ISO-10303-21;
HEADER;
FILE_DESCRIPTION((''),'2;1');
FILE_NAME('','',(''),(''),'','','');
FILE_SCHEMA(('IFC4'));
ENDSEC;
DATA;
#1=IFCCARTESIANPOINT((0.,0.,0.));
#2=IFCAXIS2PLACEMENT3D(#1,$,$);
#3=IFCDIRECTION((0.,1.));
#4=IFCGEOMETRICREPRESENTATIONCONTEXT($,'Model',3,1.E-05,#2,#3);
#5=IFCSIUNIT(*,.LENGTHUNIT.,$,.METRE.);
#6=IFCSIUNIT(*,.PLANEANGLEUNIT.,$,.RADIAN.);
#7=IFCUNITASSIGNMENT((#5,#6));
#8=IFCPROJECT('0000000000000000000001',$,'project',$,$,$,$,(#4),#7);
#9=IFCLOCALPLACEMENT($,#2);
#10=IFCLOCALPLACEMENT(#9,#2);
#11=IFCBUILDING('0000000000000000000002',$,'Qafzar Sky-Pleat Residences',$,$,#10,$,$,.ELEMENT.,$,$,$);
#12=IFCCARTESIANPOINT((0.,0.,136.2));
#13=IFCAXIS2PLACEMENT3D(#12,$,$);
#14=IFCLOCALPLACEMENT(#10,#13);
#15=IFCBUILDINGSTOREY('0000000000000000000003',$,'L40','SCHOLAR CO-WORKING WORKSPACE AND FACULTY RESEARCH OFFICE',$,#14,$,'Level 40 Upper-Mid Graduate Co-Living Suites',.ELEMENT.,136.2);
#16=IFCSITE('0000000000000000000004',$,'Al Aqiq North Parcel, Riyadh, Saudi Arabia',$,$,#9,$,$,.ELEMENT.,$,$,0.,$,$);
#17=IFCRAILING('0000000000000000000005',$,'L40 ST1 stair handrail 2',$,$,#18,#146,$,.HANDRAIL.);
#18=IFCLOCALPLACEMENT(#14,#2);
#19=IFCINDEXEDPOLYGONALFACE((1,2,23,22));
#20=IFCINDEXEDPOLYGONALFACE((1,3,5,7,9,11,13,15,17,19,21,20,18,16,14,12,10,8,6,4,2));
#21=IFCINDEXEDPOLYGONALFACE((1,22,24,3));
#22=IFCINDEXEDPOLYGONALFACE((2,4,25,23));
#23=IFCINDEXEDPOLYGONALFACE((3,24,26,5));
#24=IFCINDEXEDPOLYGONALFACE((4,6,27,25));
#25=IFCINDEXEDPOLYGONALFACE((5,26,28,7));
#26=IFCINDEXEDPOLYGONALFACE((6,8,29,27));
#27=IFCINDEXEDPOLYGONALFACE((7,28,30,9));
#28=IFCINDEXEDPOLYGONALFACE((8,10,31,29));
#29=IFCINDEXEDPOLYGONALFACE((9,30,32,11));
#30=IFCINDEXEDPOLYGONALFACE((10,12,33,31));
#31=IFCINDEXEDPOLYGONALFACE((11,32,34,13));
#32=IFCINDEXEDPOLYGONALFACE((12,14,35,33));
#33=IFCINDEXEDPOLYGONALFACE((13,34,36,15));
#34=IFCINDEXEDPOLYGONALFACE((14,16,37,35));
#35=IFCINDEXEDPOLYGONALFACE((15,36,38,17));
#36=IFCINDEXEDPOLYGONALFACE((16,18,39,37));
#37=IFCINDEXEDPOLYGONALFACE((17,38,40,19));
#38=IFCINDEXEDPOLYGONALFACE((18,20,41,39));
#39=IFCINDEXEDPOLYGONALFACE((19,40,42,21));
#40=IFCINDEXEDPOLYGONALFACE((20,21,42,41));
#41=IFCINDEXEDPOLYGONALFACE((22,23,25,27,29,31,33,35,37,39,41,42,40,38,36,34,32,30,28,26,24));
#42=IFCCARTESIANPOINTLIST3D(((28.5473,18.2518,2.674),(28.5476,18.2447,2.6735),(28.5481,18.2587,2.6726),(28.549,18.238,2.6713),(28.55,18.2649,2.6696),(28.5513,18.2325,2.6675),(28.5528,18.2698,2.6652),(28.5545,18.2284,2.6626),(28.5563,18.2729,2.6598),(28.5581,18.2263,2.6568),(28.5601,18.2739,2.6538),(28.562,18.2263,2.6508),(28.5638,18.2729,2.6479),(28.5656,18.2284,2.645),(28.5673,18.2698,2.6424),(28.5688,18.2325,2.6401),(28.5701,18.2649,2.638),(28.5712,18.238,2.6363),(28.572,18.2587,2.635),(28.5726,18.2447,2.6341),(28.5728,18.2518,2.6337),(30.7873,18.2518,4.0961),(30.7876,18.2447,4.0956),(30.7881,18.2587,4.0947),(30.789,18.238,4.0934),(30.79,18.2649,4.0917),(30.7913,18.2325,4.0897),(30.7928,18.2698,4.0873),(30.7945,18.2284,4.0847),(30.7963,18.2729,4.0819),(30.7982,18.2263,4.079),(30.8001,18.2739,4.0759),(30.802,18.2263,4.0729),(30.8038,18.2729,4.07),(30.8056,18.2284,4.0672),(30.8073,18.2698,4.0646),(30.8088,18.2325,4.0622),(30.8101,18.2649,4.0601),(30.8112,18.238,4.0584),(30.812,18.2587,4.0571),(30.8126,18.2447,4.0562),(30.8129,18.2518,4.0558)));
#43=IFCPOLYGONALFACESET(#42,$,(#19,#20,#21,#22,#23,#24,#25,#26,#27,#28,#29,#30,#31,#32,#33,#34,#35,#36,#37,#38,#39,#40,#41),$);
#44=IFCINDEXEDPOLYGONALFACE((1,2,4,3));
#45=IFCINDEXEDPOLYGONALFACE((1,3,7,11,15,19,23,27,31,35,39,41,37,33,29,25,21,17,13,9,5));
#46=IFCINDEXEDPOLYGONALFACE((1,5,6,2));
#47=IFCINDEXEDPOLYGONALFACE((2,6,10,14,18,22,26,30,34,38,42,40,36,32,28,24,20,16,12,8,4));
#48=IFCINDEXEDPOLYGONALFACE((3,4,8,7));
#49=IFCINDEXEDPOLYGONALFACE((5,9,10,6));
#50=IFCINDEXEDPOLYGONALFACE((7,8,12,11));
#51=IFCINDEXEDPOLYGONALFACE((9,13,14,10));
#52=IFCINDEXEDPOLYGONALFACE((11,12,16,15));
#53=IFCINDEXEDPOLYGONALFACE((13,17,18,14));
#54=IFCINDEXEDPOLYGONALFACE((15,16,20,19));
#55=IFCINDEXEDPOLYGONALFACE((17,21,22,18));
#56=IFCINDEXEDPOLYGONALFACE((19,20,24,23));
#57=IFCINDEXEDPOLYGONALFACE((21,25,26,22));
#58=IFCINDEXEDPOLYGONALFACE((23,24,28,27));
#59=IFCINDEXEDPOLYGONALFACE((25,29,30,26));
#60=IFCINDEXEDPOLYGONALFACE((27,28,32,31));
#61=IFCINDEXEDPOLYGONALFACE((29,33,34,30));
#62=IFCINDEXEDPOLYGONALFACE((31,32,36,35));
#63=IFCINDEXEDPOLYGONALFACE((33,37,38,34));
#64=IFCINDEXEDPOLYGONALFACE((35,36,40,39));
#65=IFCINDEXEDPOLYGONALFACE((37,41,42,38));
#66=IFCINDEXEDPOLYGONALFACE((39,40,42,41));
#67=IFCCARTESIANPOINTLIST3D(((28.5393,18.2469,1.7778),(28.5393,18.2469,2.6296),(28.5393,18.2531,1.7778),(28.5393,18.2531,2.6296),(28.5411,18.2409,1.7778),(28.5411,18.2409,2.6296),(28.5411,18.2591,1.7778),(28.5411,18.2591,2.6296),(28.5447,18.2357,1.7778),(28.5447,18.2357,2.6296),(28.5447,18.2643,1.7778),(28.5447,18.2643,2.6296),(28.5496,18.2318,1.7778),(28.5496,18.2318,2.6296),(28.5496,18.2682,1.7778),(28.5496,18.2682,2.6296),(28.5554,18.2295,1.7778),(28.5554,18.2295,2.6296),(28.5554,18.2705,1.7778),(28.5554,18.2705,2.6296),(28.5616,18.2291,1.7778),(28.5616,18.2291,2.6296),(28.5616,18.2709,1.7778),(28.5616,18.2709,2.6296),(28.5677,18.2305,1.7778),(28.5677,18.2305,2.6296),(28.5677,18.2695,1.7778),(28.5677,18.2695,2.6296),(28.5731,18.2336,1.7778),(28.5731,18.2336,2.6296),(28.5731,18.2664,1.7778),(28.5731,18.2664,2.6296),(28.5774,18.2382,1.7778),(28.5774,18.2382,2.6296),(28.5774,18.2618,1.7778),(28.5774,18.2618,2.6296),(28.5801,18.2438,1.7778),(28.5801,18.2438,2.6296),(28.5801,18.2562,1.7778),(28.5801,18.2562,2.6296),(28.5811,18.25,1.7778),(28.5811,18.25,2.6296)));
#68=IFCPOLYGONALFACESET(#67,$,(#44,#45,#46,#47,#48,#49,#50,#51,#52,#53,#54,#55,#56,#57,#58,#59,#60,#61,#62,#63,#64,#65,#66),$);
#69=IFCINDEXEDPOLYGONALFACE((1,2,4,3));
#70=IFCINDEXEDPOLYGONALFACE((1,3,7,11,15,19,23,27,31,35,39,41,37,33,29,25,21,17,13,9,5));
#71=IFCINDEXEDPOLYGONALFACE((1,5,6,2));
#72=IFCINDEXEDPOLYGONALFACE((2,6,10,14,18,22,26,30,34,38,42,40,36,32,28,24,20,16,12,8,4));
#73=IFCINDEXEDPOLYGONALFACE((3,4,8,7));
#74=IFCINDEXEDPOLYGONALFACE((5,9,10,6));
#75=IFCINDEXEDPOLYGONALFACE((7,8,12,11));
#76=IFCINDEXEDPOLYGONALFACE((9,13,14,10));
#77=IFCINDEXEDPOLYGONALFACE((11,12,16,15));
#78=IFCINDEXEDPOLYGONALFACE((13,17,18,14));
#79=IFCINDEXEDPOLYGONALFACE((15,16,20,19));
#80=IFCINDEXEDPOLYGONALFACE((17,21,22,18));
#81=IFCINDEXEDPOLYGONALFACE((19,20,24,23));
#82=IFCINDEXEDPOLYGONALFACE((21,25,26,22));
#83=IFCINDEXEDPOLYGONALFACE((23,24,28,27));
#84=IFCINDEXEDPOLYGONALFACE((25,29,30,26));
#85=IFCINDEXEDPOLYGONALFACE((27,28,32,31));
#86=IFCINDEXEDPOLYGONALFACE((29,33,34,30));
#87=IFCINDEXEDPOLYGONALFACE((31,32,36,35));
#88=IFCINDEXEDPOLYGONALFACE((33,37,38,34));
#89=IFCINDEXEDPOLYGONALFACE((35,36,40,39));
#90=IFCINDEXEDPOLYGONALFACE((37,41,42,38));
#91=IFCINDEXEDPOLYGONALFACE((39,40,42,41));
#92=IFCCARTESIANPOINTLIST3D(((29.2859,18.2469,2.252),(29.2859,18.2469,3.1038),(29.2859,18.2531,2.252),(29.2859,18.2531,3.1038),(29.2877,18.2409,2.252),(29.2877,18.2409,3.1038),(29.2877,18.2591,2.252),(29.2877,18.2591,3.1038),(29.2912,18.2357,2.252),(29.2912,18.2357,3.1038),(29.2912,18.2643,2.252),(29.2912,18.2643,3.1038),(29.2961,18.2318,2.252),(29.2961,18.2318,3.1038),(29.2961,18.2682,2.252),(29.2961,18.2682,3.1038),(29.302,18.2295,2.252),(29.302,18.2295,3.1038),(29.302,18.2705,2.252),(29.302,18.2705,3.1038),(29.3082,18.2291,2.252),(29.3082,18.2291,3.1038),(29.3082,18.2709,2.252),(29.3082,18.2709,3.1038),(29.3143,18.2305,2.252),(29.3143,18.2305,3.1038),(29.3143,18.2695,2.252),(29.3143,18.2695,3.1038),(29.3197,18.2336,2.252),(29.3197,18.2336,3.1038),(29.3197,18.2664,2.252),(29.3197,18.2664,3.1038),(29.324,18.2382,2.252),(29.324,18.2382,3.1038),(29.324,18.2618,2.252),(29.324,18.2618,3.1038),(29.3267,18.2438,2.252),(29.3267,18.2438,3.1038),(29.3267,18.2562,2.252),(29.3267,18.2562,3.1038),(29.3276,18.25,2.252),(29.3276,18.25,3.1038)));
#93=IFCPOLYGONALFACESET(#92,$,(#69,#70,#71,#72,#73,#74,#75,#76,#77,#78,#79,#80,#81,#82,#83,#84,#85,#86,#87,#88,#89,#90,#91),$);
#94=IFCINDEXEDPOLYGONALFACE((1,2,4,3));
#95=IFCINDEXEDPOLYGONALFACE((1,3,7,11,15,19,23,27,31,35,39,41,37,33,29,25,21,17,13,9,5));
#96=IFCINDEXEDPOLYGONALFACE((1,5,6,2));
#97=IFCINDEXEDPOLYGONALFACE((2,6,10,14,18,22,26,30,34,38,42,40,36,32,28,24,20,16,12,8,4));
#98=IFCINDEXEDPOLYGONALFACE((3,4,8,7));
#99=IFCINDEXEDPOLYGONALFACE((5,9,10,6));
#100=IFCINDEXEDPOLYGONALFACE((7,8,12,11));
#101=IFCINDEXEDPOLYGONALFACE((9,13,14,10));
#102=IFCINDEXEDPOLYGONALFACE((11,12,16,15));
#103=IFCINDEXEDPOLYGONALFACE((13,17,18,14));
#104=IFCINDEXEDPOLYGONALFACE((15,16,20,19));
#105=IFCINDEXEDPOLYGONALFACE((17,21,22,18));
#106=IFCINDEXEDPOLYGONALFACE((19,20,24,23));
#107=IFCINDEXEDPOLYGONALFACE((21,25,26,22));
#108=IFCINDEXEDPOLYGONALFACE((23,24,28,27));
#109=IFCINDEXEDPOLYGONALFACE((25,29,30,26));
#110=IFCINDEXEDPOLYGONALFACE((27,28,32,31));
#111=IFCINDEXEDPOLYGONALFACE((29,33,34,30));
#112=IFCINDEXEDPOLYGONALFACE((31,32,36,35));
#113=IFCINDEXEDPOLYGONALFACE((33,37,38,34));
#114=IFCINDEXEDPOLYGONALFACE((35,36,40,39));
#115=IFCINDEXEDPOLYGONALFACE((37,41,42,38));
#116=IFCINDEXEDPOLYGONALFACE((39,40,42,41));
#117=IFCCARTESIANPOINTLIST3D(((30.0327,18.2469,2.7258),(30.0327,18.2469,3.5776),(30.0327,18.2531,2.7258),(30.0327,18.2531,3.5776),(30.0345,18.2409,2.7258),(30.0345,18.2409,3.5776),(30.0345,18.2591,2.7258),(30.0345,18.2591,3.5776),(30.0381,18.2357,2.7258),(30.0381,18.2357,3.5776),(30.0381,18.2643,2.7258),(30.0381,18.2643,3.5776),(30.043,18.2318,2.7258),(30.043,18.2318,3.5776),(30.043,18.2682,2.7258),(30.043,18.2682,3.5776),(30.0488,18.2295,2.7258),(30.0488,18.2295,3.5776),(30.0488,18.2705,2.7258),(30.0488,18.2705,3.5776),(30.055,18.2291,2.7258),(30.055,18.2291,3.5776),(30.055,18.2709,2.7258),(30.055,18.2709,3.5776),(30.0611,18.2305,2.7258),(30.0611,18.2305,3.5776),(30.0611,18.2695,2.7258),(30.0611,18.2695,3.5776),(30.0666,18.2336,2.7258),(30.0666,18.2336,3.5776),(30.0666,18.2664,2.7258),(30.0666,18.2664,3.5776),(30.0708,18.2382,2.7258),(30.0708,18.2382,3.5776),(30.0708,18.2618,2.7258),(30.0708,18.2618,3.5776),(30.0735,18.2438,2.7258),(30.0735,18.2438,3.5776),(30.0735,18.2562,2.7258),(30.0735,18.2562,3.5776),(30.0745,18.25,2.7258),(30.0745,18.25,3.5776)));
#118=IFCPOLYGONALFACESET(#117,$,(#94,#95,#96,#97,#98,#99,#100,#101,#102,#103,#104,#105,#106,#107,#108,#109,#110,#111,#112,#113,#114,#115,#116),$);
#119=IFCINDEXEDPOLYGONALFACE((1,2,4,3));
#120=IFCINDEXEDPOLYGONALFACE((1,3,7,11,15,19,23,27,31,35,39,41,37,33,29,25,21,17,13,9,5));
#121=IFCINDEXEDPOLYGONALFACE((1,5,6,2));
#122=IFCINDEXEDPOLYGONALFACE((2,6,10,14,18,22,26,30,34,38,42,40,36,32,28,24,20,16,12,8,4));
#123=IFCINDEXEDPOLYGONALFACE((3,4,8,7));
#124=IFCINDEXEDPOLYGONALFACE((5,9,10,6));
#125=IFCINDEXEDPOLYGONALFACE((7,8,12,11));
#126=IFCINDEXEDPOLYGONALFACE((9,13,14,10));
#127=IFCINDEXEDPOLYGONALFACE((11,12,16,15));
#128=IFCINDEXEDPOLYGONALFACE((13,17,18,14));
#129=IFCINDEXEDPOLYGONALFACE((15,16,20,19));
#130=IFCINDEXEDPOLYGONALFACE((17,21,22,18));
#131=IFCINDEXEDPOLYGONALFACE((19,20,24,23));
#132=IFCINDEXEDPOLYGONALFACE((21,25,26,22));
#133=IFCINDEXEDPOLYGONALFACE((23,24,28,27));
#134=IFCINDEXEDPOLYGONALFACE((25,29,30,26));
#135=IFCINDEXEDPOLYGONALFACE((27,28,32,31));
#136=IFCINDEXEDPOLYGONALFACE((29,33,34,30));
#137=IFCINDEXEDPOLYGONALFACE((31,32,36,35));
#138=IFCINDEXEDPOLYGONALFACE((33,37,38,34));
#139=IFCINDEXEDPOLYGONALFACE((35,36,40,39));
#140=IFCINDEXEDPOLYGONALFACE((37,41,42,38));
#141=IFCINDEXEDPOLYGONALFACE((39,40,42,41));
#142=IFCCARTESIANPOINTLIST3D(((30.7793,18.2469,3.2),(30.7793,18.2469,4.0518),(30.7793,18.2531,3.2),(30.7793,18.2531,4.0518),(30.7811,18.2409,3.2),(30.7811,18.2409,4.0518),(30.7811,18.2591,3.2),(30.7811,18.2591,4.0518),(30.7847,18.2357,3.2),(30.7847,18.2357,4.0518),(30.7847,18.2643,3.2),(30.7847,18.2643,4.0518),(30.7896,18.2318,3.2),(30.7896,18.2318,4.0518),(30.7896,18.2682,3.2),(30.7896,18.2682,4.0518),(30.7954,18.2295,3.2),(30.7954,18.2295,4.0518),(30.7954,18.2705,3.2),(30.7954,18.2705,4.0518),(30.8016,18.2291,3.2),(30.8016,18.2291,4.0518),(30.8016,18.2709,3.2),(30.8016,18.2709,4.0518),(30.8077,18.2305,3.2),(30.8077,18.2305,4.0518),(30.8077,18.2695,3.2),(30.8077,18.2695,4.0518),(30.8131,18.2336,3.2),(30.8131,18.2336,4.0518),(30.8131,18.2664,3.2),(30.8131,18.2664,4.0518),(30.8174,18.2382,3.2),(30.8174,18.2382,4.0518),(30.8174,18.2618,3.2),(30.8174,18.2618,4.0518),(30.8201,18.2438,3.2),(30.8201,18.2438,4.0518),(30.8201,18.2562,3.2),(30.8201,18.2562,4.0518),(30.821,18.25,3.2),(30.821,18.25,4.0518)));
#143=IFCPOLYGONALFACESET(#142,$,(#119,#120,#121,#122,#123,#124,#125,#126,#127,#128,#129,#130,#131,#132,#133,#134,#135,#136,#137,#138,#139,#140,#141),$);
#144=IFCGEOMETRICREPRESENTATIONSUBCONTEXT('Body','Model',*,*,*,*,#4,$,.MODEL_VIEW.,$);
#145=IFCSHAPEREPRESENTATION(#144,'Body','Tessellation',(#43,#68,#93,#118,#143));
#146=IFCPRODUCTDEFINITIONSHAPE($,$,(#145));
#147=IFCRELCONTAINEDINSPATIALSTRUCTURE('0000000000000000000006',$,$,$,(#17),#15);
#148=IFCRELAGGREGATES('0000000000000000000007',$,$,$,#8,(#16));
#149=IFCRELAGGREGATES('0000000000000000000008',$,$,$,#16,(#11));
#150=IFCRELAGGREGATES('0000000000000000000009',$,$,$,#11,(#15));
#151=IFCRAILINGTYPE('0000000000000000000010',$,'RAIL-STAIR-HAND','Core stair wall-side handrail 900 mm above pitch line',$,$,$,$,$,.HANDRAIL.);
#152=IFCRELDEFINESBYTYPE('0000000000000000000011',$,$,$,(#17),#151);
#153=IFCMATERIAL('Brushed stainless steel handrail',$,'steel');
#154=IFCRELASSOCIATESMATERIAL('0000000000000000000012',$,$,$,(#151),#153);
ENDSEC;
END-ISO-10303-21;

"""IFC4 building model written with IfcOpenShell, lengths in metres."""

from ifc_helpers import new_model, si_unit, direction, frame, origin, origin_2d, place, context, subcontext, project, spatial, circle, extrude, source, transform, mapped, material, type_object, element, save


model = new_model("IFC4")

# Units and contexts
model_context = context("Model", 3, precision=1e-05, world=origin(), true_north=direction((0.0, 1.0)))
body_context = subcontext(model_context, "Body", "Model", "MODEL_VIEW")
ifc_project = project(units=[si_unit("LENGTHUNIT", "METRE"), si_unit("PLANEANGLEUNIT", "RADIAN")], contexts=[model_context])

# Site, building, storey
site_placement = place(None, origin())
site = spatial("IfcSite", under=ifc_project, at=site_placement, Name="Al Aqiq North Parcel, Riyadh, Saudi Arabia", CompositionType="ELEMENT", RefElevation=0.0)
building_placement = place(site_placement, origin())
building = spatial("IfcBuilding", under=site, at=building_placement, Name="Qafzar Sky-Pleat Residences", CompositionType="ELEMENT")
storey_placement = place(building_placement, frame((0.0, 0.0, 136.2)))
storey = spatial("IfcBuildingStorey", under=building, at=storey_placement, Name="L40", Description="SCHOLAR CO-WORKING WORKSPACE AND FACULTY RESEARCH OFFICE", LongName="Level 40 Upper-Mid Graduate Co-Living Suites", CompositionType="ELEMENT", Elevation=136.2)

# Railing
ifc_material_1 = material(Name="Brushed stainless steel handrail", Category="steel")
railing_type_1 = type_object("IfcRailingType", Name="RAIL-STAIR-HAND", Description="Core stair wall-side handrail 900 mm above pitch line", PredefinedType="HANDRAIL", material=ifc_material_1)
shared_shape_1 = source(origin(), body_context, "Body", "SweptSolid", [
    extrude(circle(Radius=0.0239, at=origin_2d()), frame((0.0, 0.0, 0.876), z_axis=(0.844229, 0.0, 0.535982), x_axis=(0.0, 1.0, 0.0)), (0.0, 0.0, 1.0), 2.6533),
    extrude(circle(Radius=0.021, at=origin_2d()), origin(), (0.0, 0.0, 1.0), 0.8518),
    extrude(circle(Radius=0.021, at=origin_2d()), frame((0.7466, 0.0, 0.4741)), (0.0, 0.0, 1.0), 0.8518),
    extrude(circle(Radius=0.021, at=origin_2d()), frame((1.4934, 0.0, 0.948)), (0.0, 0.0, 1.0), 0.8518),
    extrude(circle(Radius=0.021, at=origin_2d()), frame((2.24, 0.0, 1.4221)), (0.0, 0.0, 1.0), 0.8518),
])
railing_1_placement = place(storey_placement, frame((28.5601, 18.25, 1.7778)))
element("IfcRailing", 1, at=railing_1_placement, inside=storey, type_object=railing_type_1, Name="L40 ST1 stair handrail 2", PredefinedType="HANDRAIL", context=body_context, shape_type="MappedRepresentation", body=[
    mapped(shared_shape_1, transform((0.0, 0.0, 0.0), x_axis=(1.0, 0.0, 0.0), y_axis=(0.0, 1.0, 0.0), z_axis=(0.0, 0.0, 1.0), scale=1.0)),
])

save(model, "model.ifc")
